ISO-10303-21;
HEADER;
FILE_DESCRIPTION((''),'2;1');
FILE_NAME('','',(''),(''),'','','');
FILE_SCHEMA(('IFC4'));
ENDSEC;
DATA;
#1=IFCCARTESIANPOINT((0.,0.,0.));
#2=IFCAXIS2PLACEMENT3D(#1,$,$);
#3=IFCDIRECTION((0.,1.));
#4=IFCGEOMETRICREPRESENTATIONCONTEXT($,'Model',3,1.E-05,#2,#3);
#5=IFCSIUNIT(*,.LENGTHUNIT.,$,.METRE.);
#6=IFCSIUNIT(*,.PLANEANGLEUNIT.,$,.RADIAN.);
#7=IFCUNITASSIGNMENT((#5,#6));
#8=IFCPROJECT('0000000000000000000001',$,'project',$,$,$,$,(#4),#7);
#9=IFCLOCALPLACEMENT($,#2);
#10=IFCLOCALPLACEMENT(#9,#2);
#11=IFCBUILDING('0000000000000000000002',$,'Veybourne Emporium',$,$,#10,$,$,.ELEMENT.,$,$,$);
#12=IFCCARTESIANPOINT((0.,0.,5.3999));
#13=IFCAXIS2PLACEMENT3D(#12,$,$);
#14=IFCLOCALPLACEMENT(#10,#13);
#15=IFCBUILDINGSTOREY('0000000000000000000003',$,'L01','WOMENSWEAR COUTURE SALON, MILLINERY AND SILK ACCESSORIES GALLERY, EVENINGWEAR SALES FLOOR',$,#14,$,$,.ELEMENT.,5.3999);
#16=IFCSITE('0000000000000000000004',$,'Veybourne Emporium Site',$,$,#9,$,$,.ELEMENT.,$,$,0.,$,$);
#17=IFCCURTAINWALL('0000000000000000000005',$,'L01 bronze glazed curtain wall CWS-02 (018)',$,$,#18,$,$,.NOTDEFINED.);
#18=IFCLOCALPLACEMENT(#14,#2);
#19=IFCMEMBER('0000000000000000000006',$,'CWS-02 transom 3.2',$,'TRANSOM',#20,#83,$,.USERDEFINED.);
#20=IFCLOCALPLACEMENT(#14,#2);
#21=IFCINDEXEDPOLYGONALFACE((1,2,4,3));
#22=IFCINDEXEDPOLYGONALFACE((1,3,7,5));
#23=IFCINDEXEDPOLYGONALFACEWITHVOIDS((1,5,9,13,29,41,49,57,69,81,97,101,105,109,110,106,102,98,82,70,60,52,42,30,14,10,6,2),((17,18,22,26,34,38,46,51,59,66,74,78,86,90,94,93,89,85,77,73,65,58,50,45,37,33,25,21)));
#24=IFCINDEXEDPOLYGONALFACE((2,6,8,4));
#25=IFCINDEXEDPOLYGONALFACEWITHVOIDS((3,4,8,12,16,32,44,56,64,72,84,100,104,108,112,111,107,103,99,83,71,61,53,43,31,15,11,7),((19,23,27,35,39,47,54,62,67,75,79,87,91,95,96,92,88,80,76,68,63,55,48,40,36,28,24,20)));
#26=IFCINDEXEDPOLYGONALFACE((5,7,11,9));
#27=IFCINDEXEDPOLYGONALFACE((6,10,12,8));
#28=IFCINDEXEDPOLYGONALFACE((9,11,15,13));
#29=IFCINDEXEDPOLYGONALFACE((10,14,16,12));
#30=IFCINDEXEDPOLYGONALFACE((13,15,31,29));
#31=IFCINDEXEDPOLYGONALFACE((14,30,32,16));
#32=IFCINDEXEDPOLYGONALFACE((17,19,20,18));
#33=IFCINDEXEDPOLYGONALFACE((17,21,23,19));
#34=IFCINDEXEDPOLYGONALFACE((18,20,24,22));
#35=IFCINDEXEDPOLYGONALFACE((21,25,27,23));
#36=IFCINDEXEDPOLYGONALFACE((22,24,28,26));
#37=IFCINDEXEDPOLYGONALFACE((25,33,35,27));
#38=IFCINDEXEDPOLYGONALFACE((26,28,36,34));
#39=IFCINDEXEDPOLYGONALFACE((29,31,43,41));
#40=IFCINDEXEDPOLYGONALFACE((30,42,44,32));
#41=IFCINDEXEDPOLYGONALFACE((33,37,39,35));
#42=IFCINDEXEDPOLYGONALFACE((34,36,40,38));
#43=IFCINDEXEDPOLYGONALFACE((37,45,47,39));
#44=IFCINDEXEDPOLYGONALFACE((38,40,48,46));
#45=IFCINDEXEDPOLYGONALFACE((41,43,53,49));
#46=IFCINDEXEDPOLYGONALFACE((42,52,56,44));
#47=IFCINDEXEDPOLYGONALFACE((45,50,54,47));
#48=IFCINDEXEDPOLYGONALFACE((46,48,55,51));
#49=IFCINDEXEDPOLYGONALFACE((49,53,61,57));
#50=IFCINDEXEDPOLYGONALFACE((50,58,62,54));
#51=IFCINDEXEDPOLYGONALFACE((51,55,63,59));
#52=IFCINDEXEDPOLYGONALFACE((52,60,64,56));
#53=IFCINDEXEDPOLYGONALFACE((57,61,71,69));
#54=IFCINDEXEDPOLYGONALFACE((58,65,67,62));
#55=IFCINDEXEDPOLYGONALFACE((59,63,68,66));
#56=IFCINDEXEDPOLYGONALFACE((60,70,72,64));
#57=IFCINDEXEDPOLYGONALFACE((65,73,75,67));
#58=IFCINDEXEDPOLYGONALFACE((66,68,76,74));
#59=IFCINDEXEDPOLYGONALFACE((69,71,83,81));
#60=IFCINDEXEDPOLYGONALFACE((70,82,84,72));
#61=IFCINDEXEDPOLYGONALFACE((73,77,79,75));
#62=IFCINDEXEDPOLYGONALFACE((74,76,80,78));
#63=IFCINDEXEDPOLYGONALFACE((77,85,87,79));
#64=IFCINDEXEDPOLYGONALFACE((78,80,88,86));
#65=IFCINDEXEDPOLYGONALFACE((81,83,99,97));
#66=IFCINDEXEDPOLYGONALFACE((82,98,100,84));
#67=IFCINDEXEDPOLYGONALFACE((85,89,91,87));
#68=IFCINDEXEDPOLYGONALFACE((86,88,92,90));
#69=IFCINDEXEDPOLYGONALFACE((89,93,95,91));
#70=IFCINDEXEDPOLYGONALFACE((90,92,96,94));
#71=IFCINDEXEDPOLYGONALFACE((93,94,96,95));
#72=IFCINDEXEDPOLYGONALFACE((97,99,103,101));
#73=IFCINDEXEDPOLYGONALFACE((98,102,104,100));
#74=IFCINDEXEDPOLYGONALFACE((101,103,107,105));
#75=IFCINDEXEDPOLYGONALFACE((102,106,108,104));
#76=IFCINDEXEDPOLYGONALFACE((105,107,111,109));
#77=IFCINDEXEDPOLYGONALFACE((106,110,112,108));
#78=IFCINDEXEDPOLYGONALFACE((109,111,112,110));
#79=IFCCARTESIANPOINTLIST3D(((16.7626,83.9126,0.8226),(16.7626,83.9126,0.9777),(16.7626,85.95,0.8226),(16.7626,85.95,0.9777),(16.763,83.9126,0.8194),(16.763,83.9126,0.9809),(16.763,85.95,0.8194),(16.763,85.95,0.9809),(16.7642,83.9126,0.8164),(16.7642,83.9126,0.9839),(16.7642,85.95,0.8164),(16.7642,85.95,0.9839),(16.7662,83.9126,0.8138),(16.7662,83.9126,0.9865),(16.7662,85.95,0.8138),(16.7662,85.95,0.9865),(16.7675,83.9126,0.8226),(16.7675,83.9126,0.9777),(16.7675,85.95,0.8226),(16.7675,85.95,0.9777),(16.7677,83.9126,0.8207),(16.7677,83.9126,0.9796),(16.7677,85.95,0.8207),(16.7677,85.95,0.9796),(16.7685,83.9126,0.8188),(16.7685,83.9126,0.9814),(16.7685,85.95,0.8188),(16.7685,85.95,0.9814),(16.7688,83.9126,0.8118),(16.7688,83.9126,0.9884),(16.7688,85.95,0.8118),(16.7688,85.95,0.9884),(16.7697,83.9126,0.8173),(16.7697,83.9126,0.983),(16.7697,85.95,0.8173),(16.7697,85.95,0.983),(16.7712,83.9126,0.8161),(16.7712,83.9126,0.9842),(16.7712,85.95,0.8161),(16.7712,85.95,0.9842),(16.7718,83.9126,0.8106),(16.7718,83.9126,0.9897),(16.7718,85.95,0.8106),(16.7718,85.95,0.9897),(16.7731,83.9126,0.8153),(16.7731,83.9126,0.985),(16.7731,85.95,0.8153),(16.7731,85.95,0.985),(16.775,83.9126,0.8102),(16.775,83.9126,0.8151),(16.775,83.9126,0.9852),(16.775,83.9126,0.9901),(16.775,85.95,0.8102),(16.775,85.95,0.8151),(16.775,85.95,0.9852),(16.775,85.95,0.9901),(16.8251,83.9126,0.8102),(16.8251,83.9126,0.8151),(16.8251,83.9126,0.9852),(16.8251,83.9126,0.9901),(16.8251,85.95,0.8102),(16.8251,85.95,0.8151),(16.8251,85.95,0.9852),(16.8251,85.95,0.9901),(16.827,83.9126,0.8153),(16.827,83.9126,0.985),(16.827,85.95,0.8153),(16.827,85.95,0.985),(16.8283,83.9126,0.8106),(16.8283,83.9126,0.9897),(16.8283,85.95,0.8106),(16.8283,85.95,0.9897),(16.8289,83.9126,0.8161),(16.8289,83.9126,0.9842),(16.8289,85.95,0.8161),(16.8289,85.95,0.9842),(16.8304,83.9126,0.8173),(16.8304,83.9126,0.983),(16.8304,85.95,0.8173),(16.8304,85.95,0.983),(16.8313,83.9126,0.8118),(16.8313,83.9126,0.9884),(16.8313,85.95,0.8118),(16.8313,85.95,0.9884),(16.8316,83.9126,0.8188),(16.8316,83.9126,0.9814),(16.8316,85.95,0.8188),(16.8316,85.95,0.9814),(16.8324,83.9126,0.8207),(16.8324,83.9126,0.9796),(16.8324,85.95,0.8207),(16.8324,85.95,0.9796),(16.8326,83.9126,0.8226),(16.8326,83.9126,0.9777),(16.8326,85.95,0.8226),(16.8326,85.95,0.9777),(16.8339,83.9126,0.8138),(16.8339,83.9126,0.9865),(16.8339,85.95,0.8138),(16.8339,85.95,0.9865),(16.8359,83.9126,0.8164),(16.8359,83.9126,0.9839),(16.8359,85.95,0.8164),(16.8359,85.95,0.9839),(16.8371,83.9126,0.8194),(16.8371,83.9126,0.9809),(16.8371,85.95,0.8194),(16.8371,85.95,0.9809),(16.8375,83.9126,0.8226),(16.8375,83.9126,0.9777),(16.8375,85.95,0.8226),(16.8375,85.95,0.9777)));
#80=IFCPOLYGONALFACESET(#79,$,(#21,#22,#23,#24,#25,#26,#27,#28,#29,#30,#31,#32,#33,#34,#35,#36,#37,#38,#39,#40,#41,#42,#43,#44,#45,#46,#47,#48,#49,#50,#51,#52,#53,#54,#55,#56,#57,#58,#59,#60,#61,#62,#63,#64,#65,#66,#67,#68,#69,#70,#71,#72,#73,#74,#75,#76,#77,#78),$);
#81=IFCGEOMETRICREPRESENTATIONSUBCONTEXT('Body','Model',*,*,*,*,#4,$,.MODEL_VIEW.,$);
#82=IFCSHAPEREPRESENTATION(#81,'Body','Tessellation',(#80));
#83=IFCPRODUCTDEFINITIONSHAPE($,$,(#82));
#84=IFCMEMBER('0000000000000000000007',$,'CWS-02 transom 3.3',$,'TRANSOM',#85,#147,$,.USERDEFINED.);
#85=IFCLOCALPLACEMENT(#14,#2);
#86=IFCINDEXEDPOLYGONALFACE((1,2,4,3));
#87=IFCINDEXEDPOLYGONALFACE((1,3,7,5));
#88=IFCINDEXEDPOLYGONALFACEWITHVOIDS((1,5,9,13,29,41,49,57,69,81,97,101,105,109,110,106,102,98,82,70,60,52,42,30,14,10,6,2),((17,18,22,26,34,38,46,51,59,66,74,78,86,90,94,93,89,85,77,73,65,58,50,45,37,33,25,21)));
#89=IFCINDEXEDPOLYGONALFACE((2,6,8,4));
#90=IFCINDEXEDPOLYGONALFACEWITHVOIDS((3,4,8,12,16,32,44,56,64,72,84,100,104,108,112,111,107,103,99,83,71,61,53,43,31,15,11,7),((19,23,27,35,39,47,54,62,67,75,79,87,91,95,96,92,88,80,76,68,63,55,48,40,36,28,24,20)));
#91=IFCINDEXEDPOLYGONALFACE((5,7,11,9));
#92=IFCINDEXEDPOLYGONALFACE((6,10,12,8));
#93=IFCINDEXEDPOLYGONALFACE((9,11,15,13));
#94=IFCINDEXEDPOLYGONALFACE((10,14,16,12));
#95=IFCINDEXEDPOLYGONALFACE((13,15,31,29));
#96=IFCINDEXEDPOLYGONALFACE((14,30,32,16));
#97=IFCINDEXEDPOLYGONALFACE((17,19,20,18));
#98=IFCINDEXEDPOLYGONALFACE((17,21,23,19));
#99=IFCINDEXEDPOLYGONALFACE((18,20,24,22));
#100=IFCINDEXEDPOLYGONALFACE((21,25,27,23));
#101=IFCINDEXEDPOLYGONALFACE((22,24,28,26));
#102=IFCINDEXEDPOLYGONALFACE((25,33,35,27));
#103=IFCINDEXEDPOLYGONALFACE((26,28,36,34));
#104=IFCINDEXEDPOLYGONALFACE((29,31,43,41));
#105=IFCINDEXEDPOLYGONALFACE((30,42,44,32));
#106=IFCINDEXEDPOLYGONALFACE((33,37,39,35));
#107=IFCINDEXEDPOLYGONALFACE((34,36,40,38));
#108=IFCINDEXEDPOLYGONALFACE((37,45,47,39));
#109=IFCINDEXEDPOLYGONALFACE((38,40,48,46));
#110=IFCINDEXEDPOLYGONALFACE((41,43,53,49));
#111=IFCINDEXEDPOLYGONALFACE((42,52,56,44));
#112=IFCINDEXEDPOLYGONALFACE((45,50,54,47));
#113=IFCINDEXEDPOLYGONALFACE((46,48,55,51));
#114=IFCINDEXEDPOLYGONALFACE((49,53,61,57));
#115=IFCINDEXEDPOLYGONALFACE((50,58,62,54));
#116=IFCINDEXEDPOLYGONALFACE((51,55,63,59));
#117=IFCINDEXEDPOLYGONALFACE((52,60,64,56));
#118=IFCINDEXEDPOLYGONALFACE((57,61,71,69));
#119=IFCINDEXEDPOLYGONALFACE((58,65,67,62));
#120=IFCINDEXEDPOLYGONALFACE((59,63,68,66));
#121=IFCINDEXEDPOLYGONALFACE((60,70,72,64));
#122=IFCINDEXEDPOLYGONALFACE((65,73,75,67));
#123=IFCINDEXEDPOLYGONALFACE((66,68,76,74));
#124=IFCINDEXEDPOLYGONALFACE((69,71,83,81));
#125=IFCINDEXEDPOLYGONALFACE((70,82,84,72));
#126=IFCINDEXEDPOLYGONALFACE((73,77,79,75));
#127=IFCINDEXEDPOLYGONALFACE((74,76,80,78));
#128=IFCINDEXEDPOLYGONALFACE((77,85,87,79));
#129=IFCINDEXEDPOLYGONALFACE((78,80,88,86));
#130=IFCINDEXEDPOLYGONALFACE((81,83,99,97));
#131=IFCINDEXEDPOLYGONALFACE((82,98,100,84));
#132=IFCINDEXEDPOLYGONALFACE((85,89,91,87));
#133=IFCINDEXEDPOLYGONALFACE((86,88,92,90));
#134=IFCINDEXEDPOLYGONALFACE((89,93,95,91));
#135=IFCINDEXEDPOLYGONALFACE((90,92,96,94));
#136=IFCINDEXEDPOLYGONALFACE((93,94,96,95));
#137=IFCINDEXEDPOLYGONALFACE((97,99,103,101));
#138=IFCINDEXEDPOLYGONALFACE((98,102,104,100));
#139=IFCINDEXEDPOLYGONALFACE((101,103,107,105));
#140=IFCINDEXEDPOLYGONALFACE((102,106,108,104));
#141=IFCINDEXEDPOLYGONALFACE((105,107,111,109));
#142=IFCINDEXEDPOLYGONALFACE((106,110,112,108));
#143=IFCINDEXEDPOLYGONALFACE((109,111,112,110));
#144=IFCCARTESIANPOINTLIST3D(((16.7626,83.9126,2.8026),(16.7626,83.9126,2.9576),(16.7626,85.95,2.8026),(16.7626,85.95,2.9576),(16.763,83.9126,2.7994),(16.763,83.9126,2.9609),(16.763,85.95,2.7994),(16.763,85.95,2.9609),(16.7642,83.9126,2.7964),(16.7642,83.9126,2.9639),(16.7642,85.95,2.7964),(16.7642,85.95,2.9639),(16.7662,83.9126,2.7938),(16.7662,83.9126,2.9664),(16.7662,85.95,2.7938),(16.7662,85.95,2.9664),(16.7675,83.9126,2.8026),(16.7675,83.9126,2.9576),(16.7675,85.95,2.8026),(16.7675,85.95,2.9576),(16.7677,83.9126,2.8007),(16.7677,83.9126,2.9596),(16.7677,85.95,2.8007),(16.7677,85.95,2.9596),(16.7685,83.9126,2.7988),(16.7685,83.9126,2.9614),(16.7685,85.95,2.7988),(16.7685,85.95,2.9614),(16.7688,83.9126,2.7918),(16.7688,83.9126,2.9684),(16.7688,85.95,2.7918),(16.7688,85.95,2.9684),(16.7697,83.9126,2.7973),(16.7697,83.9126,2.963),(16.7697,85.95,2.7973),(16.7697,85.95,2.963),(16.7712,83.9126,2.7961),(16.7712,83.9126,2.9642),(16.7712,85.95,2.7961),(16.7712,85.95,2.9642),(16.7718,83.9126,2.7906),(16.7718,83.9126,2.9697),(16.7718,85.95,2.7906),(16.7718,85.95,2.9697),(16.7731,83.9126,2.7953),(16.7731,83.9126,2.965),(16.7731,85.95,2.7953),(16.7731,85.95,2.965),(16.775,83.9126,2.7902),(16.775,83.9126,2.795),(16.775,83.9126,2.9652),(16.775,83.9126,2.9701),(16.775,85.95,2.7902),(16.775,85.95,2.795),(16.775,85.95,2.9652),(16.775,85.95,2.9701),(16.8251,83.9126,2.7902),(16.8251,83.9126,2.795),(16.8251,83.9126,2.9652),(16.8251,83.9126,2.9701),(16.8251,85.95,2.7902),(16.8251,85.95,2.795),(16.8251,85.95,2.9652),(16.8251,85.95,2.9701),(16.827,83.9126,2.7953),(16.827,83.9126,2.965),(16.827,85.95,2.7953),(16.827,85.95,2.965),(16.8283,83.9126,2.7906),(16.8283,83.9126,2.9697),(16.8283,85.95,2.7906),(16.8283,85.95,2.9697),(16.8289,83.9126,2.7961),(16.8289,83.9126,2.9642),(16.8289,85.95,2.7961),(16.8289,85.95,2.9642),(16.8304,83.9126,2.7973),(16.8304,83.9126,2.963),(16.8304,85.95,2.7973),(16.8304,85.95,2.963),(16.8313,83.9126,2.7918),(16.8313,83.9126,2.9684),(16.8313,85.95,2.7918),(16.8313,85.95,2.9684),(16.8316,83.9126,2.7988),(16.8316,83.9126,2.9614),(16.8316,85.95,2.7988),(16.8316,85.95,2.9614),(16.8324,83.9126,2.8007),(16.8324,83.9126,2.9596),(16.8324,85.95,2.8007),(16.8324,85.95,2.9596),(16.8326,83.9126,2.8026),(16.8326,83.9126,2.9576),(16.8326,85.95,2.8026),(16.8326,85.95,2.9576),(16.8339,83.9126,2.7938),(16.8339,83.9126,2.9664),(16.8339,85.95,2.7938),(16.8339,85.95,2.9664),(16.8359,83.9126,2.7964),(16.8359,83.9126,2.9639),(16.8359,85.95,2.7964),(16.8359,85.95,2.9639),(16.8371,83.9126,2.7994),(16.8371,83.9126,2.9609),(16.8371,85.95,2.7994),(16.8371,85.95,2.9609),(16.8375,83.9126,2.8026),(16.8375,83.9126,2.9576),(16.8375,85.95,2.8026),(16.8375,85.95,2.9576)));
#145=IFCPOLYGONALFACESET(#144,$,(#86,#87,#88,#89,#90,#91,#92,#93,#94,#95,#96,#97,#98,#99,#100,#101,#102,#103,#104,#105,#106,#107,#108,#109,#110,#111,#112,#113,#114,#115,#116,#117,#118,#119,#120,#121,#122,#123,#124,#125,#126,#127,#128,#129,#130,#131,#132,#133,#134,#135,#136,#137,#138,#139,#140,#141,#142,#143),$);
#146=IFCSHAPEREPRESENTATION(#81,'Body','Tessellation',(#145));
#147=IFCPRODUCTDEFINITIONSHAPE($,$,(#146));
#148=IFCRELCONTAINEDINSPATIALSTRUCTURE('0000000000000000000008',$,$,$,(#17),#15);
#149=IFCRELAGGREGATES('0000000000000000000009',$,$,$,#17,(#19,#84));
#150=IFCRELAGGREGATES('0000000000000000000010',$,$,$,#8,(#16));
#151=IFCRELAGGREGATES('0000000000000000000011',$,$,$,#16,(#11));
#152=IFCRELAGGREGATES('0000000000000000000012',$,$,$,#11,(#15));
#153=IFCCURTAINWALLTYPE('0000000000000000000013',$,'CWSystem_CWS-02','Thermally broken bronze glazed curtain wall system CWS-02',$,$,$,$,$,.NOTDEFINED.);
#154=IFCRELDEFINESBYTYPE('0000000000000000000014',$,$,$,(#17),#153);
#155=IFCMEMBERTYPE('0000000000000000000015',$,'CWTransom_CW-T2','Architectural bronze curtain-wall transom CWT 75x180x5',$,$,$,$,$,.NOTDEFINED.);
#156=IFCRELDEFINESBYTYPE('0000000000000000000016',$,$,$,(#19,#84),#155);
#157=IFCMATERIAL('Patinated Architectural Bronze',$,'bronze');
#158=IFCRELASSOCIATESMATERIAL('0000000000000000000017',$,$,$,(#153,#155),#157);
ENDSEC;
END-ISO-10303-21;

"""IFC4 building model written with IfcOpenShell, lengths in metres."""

from ifc_helpers import new_model, si_unit, direction, frame, origin, origin_2d, place, context, subcontext, project, spatial, hollow_rectangle, extrude, material, material_profile, profile_set, type_object, element, aggregate, save


model = new_model("IFC4")

# Units and contexts
model_context = context("Model", 3, precision=1e-05, world=origin(), true_north=direction((0.0, 1.0)))
body_context = subcontext(model_context, "Body", "Model", "MODEL_VIEW")
ifc_project = project(units=[si_unit("LENGTHUNIT", "METRE"), si_unit("PLANEANGLEUNIT", "RADIAN")], contexts=[model_context])

# Site, building, storey
site_placement = place(None, origin())
site = spatial("IfcSite", under=ifc_project, at=site_placement, Name="Veybourne Emporium Site", CompositionType="ELEMENT", RefElevation=0.0)
building_placement = place(site_placement, origin())
building = spatial("IfcBuilding", under=site, at=building_placement, Name="Veybourne Emporium", CompositionType="ELEMENT")
storey_placement = place(building_placement, frame((0.0, 0.0, 5.3999)))
storey = spatial("IfcBuildingStorey", under=building, at=storey_placement, Name="L01", Description="WOMENSWEAR COUTURE SALON, MILLINERY AND SILK ACCESSORIES GALLERY, EVENINGWEAR SALES FLOOR", CompositionType="ELEMENT", Elevation=5.3999)

# Curtain wall, members
ifc_material_1 = material(Name="Patinated Architectural Bronze", Category="bronze")
curtain_wall_type = type_object("IfcCurtainWallType", Name="CWSystem_CWS-02", Description="Thermally broken bronze glazed curtain wall system CWS-02", PredefinedType="NOTDEFINED", material=ifc_material_1)
curtain_wall_placement = place(storey_placement, origin())
curtain_wall = element("IfcCurtainWall", 1, at=curtain_wall_placement, inside=storey, type_object=curtain_wall_type, Name="L01 bronze glazed curtain wall CWS-02 (018)", PredefinedType="NOTDEFINED")
ifc_material_profile_1 = material_profile(ifc_material_1, hollow_rectangle(XDim=0.075, YDim=0.1799, WallThickness=0.0049, InnerFilletRadius=0.0076, OuterFilletRadius=0.0125, at=origin_2d()), Name="CWT 75x180x5")
ifc_profile_set_1 = profile_set([ifc_material_profile_1], Name="Patinated Architectural Bronze")
member_type_1 = type_object("IfcMemberType", Name="CWTransom_CW-T2", Description="Architectural bronze curtain-wall transom CWT 75x180x5", PredefinedType="NOTDEFINED", material=ifc_profile_set_1)
member_1_placement = place(storey_placement, frame((16.8, 83.9126, 0.9001), z_axis=(0.0, 1.0, 0.0), x_axis=(-1.0, 0.0, 0.0)))
member_1 = element("IfcMember", 2, at=member_1_placement, type_object=member_type_1, Name="CWS-02 transom 3.2", ObjectType="TRANSOM", PredefinedType="USERDEFINED", context=body_context, shape_type="SweptSolid", body=[
    extrude(hollow_rectangle(XDim=0.075, YDim=0.1799, WallThickness=0.0049, InnerFilletRadius=0.0076, OuterFilletRadius=0.0125, at=origin_2d()), origin(), (0.0, 0.0, 1.0), 2.0374),
])
member_2_placement = place(storey_placement, frame((16.8, 83.9126, 2.8801), z_axis=(0.0, 1.0, 0.0), x_axis=(-1.0, 0.0, 0.0)))
member_2 = element("IfcMember", 3, at=member_2_placement, type_object=member_type_1, Name="CWS-02 transom 3.3", ObjectType="TRANSOM", PredefinedType="USERDEFINED", context=body_context, shape_type="SweptSolid", body=[
    extrude(hollow_rectangle(XDim=0.075, YDim=0.1799, WallThickness=0.0049, InnerFilletRadius=0.0076, OuterFilletRadius=0.0125, at=origin_2d()), origin(), (0.0, 0.0, 1.0), 2.0374),
])

aggregate(curtain_wall, [member_1, member_2])

save(model, "model.ifc")
